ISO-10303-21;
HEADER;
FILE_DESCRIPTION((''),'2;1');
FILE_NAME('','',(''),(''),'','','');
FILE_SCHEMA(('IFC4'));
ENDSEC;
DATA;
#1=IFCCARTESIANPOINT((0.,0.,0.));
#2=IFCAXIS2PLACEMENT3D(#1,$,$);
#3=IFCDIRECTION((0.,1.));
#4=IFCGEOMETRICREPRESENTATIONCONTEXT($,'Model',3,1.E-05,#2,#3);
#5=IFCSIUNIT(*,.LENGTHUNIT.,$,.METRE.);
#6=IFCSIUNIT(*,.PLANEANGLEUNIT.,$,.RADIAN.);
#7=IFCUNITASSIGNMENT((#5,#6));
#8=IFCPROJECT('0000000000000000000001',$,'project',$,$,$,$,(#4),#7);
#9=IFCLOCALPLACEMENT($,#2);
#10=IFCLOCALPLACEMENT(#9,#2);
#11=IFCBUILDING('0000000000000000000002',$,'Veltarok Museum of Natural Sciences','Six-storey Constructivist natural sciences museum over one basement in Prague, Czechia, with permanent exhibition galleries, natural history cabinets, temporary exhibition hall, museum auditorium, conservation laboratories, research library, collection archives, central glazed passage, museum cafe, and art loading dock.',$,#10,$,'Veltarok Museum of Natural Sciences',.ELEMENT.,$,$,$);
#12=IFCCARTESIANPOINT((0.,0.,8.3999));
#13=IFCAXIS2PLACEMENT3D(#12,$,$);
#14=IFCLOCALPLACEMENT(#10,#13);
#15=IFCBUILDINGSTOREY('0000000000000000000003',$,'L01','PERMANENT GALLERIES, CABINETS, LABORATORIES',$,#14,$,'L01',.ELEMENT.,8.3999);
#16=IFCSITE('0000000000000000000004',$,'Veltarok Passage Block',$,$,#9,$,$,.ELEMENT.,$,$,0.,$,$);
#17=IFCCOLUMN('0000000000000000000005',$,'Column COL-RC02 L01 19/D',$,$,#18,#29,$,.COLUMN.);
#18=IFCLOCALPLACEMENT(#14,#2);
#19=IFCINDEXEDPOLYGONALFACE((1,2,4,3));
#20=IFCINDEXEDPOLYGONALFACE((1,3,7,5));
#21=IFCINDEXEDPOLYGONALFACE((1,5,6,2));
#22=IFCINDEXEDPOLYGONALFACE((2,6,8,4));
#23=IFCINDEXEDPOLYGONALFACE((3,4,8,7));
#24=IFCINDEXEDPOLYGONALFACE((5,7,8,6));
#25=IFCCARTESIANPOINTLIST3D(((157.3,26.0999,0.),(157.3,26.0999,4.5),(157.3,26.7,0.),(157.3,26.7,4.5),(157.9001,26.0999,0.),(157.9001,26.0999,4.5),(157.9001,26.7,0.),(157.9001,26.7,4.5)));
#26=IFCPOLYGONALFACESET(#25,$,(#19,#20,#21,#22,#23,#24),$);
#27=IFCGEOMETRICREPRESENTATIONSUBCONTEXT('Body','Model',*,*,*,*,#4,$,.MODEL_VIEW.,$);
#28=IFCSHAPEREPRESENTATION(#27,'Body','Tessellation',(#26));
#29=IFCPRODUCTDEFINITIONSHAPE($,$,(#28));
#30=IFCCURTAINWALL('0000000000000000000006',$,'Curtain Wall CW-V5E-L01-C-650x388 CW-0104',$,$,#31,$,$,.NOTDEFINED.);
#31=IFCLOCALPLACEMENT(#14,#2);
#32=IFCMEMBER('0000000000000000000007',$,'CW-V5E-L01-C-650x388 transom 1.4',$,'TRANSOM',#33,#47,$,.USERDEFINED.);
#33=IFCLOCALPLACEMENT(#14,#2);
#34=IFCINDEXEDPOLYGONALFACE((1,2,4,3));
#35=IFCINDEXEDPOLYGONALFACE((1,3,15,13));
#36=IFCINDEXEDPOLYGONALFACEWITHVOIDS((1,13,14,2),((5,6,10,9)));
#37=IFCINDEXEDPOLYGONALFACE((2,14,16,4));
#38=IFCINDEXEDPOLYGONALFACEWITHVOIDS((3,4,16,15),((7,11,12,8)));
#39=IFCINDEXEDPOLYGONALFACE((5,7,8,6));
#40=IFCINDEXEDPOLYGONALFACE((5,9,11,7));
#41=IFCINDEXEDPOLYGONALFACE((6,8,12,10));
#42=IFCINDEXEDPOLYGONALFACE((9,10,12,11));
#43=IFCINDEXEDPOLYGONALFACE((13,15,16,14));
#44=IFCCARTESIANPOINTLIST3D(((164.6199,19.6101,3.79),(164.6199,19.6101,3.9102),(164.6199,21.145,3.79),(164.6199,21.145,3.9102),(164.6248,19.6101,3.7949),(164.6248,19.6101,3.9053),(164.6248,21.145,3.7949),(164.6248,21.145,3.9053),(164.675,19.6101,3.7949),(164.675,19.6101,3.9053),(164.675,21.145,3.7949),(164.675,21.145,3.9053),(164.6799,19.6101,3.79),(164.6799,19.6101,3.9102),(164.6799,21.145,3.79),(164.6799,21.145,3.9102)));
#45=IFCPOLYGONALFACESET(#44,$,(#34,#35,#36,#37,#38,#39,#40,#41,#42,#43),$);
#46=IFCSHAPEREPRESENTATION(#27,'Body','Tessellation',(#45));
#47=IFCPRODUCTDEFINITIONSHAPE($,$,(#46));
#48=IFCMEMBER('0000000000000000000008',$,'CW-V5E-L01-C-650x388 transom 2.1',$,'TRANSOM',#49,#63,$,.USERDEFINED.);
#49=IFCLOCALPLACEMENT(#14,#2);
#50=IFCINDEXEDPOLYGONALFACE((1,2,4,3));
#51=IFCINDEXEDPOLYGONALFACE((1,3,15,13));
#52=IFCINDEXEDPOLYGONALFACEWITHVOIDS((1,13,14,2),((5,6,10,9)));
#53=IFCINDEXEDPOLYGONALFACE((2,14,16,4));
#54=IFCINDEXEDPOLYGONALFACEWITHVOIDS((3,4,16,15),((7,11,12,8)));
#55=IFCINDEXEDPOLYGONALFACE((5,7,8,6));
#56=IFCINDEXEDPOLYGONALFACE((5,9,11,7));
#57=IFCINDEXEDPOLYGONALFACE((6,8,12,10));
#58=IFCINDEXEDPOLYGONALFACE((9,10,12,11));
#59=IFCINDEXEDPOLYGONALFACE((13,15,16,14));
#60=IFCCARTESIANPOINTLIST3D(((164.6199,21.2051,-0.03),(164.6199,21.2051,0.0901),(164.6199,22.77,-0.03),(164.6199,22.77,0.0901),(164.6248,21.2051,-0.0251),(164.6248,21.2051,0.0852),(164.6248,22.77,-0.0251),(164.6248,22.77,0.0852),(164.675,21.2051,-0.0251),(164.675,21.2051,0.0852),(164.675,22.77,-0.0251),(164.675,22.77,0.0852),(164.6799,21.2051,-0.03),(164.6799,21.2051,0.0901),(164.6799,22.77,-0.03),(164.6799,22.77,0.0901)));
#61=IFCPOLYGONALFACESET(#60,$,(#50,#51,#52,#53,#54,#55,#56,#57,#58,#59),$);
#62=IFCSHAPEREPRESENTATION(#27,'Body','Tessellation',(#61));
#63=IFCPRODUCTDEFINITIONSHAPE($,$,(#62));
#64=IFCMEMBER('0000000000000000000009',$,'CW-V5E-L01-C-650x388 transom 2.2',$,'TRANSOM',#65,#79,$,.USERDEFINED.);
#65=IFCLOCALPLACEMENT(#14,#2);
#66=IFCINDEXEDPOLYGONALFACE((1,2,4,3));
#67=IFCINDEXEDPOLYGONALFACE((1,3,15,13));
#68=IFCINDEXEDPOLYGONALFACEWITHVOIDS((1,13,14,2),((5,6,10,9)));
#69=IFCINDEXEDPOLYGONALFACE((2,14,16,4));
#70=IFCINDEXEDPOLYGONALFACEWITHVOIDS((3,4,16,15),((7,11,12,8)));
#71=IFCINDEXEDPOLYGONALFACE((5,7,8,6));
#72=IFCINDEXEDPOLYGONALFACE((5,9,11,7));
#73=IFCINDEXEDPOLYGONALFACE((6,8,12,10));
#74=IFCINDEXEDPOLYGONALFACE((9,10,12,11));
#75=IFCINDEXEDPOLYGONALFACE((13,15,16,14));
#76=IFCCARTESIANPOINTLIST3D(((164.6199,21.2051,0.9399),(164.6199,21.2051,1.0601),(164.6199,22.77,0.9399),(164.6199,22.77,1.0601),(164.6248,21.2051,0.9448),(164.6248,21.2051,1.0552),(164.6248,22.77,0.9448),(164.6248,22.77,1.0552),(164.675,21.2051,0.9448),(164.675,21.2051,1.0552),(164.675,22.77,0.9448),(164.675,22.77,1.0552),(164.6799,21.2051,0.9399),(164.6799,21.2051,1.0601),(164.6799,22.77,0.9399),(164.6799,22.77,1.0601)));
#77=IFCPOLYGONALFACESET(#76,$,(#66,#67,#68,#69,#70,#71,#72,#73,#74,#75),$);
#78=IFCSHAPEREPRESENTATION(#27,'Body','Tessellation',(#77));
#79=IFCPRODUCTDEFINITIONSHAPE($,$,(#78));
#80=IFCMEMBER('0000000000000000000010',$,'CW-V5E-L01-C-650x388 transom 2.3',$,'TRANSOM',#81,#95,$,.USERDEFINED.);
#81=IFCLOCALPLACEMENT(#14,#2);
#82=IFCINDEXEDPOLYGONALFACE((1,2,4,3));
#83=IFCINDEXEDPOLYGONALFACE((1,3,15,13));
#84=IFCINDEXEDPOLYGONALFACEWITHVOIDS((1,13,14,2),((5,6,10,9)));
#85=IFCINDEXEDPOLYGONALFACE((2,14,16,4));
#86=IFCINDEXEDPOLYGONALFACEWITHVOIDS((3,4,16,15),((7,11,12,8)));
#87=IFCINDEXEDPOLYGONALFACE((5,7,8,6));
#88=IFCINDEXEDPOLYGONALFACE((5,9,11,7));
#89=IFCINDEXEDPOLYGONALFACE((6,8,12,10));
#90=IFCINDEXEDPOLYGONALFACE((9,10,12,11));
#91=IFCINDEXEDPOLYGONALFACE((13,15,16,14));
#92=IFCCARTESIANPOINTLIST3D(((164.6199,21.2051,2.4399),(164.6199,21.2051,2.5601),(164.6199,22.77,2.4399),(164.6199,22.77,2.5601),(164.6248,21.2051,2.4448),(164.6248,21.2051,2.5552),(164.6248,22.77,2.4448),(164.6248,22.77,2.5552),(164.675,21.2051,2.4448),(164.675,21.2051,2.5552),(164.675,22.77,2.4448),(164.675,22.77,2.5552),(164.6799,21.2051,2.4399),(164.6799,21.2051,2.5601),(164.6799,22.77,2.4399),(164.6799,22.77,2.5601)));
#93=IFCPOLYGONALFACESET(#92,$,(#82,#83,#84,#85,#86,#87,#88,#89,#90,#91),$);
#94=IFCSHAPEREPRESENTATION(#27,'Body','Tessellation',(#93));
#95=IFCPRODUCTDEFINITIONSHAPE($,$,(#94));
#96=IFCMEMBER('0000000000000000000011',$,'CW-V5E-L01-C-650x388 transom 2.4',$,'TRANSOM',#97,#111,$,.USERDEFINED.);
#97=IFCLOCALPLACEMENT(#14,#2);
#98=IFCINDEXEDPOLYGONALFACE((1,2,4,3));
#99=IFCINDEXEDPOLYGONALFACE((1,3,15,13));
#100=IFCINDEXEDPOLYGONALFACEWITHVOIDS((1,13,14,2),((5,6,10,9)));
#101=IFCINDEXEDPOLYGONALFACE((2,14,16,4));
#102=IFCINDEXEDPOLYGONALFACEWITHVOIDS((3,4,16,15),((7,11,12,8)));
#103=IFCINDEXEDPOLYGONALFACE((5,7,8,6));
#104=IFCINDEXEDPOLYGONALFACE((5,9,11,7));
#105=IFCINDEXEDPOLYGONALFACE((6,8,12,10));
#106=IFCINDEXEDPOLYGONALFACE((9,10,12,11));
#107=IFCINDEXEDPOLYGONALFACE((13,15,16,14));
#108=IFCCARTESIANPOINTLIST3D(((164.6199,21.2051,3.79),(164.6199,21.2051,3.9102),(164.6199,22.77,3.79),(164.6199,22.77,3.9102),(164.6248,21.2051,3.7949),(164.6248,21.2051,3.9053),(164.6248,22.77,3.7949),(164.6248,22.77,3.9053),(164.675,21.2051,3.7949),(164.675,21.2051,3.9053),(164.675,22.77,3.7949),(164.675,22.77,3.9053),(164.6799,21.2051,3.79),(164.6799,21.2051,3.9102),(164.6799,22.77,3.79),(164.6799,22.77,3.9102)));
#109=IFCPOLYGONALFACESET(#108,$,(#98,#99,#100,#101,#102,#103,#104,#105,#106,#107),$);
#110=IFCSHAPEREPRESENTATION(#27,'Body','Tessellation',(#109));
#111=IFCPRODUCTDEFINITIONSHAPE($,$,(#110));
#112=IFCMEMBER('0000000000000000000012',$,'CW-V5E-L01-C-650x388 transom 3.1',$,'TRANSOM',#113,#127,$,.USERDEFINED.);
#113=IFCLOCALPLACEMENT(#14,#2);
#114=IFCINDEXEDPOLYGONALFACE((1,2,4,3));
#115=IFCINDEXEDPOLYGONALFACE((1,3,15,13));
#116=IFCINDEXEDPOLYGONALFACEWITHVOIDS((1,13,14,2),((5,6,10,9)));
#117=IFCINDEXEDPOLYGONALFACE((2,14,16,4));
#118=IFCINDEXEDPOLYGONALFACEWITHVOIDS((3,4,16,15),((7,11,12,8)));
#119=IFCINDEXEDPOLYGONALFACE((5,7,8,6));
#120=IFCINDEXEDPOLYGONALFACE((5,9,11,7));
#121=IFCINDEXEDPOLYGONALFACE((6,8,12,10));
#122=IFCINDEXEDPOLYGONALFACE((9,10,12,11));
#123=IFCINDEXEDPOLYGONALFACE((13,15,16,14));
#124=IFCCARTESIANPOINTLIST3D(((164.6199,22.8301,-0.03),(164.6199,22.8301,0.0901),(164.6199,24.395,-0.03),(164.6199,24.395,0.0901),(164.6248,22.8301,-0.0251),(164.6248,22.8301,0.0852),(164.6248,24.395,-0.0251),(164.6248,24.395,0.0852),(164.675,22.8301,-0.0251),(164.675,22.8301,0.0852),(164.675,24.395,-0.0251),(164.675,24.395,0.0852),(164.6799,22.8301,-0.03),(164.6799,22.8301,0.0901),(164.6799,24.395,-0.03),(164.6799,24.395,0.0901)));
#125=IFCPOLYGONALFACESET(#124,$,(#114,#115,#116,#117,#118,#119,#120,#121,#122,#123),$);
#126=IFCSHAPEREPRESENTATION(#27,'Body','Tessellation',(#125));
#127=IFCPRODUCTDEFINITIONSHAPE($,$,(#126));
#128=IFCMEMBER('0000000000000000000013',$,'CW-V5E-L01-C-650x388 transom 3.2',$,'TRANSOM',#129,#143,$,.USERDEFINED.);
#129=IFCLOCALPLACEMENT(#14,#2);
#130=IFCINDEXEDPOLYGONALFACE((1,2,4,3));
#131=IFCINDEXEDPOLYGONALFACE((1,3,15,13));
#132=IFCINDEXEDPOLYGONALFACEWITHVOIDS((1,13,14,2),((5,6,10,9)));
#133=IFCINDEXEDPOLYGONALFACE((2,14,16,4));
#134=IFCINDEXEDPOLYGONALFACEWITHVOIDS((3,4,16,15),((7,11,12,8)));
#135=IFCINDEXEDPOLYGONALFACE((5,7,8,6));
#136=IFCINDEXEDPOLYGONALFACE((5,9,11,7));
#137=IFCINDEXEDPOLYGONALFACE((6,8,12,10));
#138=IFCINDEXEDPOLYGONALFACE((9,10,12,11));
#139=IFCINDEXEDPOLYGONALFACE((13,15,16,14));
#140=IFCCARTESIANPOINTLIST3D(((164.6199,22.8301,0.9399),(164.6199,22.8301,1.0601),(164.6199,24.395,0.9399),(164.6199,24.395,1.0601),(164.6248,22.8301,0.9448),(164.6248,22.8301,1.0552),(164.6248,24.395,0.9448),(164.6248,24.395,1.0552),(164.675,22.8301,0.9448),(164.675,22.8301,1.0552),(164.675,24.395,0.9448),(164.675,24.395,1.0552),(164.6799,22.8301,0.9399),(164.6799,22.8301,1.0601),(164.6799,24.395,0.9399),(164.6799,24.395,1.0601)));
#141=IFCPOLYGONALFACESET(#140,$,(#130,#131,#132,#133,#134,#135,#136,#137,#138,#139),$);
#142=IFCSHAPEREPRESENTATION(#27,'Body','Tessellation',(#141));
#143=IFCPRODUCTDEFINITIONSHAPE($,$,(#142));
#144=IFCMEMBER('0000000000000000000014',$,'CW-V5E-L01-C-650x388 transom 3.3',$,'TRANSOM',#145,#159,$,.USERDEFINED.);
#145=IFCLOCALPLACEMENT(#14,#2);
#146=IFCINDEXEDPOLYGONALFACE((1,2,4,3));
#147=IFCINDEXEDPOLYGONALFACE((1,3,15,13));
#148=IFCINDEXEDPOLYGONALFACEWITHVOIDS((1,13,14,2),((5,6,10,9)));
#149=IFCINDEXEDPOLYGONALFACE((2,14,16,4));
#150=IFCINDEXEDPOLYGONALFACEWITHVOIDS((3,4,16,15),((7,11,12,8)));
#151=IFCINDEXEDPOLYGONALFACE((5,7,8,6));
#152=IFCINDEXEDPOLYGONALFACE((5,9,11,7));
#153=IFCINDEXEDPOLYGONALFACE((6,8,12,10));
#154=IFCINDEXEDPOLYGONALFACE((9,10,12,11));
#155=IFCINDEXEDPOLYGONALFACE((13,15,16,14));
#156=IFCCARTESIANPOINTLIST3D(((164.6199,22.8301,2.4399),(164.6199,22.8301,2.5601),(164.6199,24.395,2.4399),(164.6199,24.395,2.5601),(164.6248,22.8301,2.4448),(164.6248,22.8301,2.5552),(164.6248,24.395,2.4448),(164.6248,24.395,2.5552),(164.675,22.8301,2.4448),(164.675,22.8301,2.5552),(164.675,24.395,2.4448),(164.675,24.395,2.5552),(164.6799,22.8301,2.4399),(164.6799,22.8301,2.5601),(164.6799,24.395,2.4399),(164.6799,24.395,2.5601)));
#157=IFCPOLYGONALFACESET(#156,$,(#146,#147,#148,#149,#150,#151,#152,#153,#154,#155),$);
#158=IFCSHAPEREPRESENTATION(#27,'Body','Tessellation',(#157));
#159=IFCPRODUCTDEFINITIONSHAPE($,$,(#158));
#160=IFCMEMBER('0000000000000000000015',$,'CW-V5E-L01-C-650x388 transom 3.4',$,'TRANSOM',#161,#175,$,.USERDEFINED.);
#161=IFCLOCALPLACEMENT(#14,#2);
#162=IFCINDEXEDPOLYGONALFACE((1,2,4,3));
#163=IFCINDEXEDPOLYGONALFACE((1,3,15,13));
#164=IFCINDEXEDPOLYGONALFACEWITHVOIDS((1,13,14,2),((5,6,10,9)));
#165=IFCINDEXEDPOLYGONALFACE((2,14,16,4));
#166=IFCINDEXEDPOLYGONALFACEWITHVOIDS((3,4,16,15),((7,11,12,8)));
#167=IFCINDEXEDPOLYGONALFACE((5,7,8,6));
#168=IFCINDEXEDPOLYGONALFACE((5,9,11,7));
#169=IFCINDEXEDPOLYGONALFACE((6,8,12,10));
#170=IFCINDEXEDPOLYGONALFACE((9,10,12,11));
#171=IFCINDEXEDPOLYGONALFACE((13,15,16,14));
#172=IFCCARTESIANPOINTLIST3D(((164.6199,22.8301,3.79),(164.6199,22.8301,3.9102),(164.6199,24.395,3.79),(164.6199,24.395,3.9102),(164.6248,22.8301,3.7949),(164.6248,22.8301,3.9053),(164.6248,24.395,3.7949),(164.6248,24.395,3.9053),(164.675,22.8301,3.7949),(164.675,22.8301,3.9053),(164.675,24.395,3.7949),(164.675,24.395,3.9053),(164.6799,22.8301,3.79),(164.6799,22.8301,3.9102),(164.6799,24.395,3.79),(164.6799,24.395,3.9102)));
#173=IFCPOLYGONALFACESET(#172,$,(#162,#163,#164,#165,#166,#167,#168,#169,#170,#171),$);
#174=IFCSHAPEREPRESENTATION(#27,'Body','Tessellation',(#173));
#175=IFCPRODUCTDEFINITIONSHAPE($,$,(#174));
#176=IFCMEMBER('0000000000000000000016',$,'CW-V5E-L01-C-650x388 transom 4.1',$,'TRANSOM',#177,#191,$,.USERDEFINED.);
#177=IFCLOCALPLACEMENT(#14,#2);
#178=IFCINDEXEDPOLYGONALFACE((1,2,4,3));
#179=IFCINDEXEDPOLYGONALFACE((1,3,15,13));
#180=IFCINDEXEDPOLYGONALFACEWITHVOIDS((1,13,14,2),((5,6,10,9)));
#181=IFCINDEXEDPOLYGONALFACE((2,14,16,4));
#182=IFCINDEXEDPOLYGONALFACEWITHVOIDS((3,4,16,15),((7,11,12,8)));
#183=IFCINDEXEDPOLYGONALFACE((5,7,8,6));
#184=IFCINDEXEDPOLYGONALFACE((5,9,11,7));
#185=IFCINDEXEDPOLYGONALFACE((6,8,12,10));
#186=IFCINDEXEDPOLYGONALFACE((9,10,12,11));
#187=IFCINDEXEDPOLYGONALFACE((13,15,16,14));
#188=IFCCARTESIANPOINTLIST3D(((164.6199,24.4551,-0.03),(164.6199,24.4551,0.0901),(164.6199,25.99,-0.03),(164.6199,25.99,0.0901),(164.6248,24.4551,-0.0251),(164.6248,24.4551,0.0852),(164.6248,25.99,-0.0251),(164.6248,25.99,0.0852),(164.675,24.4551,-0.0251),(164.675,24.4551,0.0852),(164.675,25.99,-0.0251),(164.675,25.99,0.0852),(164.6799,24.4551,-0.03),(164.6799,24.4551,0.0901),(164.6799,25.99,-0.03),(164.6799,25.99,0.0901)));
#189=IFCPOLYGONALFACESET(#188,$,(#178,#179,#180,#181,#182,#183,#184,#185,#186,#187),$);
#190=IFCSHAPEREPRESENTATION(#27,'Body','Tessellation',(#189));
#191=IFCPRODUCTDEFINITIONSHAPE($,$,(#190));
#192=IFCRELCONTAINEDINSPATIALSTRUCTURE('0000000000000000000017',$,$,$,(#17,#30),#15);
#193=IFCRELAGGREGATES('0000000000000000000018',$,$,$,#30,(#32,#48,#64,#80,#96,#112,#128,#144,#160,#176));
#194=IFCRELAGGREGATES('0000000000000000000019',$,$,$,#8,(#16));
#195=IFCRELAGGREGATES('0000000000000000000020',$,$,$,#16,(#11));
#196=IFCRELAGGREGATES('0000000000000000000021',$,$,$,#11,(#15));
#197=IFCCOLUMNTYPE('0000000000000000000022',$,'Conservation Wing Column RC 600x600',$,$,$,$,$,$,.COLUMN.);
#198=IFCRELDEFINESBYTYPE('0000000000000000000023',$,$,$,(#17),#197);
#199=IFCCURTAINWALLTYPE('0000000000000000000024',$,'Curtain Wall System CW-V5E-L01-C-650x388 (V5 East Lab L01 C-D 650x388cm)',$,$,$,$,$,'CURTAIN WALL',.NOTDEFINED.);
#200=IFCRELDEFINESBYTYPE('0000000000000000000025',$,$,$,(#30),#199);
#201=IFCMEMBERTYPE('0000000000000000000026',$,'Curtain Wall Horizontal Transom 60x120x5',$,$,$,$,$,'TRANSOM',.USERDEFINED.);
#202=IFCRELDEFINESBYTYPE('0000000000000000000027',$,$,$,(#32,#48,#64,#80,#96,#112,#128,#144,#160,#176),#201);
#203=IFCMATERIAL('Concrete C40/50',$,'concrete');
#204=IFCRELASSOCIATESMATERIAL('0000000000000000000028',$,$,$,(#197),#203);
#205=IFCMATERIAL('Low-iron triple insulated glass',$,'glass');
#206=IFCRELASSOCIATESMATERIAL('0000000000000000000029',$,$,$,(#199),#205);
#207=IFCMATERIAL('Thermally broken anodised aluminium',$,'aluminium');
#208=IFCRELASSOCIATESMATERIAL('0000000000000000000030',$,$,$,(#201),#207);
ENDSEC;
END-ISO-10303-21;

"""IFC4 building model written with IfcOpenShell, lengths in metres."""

from ifc_helpers import new_model, si_unit, direction, frame, origin, origin_2d, place, context, subcontext, project, spatial, rectangle, hollow_rectangle, extrude, material, material_profile, profile_set, type_object, element, aggregate, save


model = new_model("IFC4")

# Units and contexts
model_context = context("Model", 3, precision=1e-05, world=origin(), true_north=direction((0.0, 1.0)))
body_context = subcontext(model_context, "Body", "Model", "MODEL_VIEW")
ifc_project = project(units=[si_unit("LENGTHUNIT", "METRE"), si_unit("PLANEANGLEUNIT", "RADIAN")], contexts=[model_context])

# Site, building, storey
site_placement = place(None, origin())
site = spatial("IfcSite", under=ifc_project, at=site_placement, Name="Veltarok Passage Block", CompositionType="ELEMENT", RefElevation=0.0)
building_placement = place(site_placement, origin())
building = spatial("IfcBuilding", under=site, at=building_placement, Name="Veltarok Museum of Natural Sciences", Description="Six-storey Constructivist natural sciences museum over one basement in Prague, Czechia, with permanent exhibition galleries, natural history cabinets, temporary exhibition hall, museum auditorium, conservation laboratories, research library, collection archives, central glazed passage, museum cafe, and art loading dock.", LongName="Veltarok Museum of Natural Sciences", CompositionType="ELEMENT")
storey_placement = place(building_placement, frame((0.0, 0.0, 8.3999)))
storey = spatial("IfcBuildingStorey", under=building, at=storey_placement, Name="L01", Description="PERMANENT GALLERIES, CABINETS, LABORATORIES", LongName="L01", CompositionType="ELEMENT", Elevation=8.3999)

# Column
ifc_material_1 = material(Name="Concrete C40/50", Category="concrete")
ifc_material_profile_1 = material_profile(ifc_material_1, rectangle(XDim=0.6001, YDim=0.6001, at=origin_2d()), Name="RC 600x600")
ifc_profile_set_1 = profile_set([ifc_material_profile_1], Name="Concrete C40/50")
column_type = type_object("IfcColumnType", Name="Conservation Wing Column RC 600x600", PredefinedType="COLUMN", material=ifc_profile_set_1)
column_placement = place(storey_placement, frame((157.6001, 26.3999, 0.0), z_axis=(0.0, 0.0, 1.0), x_axis=(1.0, 0.0, 0.0)))
element("IfcColumn", 1, at=column_placement, inside=storey, type_object=column_type, Name="Column COL-RC02 L01 19/D", PredefinedType="COLUMN", context=body_context, shape_type="SweptSolid", body=[
    extrude(rectangle(XDim=0.6001, YDim=0.6001, at=origin_2d()), origin(), (0.0, 0.0, 1.0), 4.5),
])

# Curtain wall, members
ifc_material_2 = material(Name="Low-iron triple insulated glass", Category="glass")
curtain_wall_type = type_object("IfcCurtainWallType", Name="Curtain Wall System CW-V5E-L01-C-650x388 (V5 East Lab L01 C-D 650x388cm)", ElementType="CURTAIN WALL", PredefinedType="NOTDEFINED", material=ifc_material_2)
curtain_wall_placement = place(storey_placement, origin())
curtain_wall = element("IfcCurtainWall", 2, at=curtain_wall_placement, inside=storey, type_object=curtain_wall_type, Name="Curtain Wall CW-V5E-L01-C-650x388 CW-0104", PredefinedType="NOTDEFINED")
ifc_material_3 = material(Name="Thermally broken anodised aluminium", Category="aluminium")
ifc_material_profile_2 = material_profile(ifc_material_3, hollow_rectangle(XDim=0.0601, YDim=0.1201, WallThickness=0.0049, at=origin_2d()), Name="CW TRANSOM 60x120x5")
ifc_profile_set_2 = profile_set([ifc_material_profile_2], Name="Thermally broken anodised aluminium")
member_type_1 = type_object("IfcMemberType", Name="Curtain Wall Horizontal Transom 60x120x5", ElementType="TRANSOM", PredefinedType="USERDEFINED", material=ifc_profile_set_2)
member_1_placement = place(storey_placement, frame((164.6499, 19.6101, 3.8501), z_axis=(0.0, 1.0, 0.0), x_axis=(-1.0, 0.0, 0.0)))
member_1 = element("IfcMember", 3, at=member_1_placement, type_object=member_type_1, Name="CW-V5E-L01-C-650x388 transom 1.4", ObjectType="TRANSOM", PredefinedType="USERDEFINED", context=body_context, shape_type="SweptSolid", body=[
    extrude(hollow_rectangle(XDim=0.0601, YDim=0.1201, WallThickness=0.0049, at=origin_2d()), origin(), (0.0, 0.0, 1.0), 1.5349),
])
member_2_placement = place(storey_placement, frame((164.6499, 21.2051, 0.03), z_axis=(0.0, 1.0, 0.0), x_axis=(-1.0, 0.0, 0.0)))
member_2 = element("IfcMember", 4, at=member_2_placement, type_object=member_type_1, Name="CW-V5E-L01-C-650x388 transom 2.1", ObjectType="TRANSOM", PredefinedType="USERDEFINED", context=body_context, shape_type="SweptSolid", body=[
    extrude(hollow_rectangle(XDim=0.0601, YDim=0.1201, WallThickness=0.0049, at=origin_2d()), origin(), (0.0, 0.0, 1.0), 1.5649),
])
member_3_placement = place(storey_placement, frame((164.6499, 21.2051, 1.0), z_axis=(0.0, 1.0, 0.0), x_axis=(-1.0, 0.0, 0.0)))
member_3 = element("IfcMember", 5, at=member_3_placement, type_object=member_type_1, Name="CW-V5E-L01-C-650x388 transom 2.2", ObjectType="TRANSOM", PredefinedType="USERDEFINED", context=body_context, shape_type="SweptSolid", body=[
    extrude(hollow_rectangle(XDim=0.0601, YDim=0.1201, WallThickness=0.0049, at=origin_2d()), origin(), (0.0, 0.0, 1.0), 1.5649),
])
member_4_placement = place(storey_placement, frame((164.6499, 21.2051, 2.5), z_axis=(0.0, 1.0, 0.0), x_axis=(-1.0, 0.0, 0.0)))
member_4 = element("IfcMember", 6, at=member_4_placement, type_object=member_type_1, Name="CW-V5E-L01-C-650x388 transom 2.3", ObjectType="TRANSOM", PredefinedType="USERDEFINED", context=body_context, shape_type="SweptSolid", body=[
    extrude(hollow_rectangle(XDim=0.0601, YDim=0.1201, WallThickness=0.0049, at=origin_2d()), origin(), (0.0, 0.0, 1.0), 1.5649),
])
member_5_placement = place(storey_placement, frame((164.6499, 21.2051, 3.8501), z_axis=(0.0, 1.0, 0.0), x_axis=(-1.0, 0.0, 0.0)))
member_5 = element("IfcMember", 7, at=member_5_placement, type_object=member_type_1, Name="CW-V5E-L01-C-650x388 transom 2.4", ObjectType="TRANSOM", PredefinedType="USERDEFINED", context=body_context, shape_type="SweptSolid", body=[
    extrude(hollow_rectangle(XDim=0.0601, YDim=0.1201, WallThickness=0.0049, at=origin_2d()), origin(), (0.0, 0.0, 1.0), 1.5649),
])
member_6_placement = place(storey_placement, frame((164.6499, 22.8301, 0.03), z_axis=(0.0, 1.0, 0.0), x_axis=(-1.0, 0.0, 0.0)))
member_6 = element("IfcMember", 8, at=member_6_placement, type_object=member_type_1, Name="CW-V5E-L01-C-650x388 transom 3.1", ObjectType="TRANSOM", PredefinedType="USERDEFINED", context=body_context, shape_type="SweptSolid", body=[
    extrude(hollow_rectangle(XDim=0.0601, YDim=0.1201, WallThickness=0.0049, at=origin_2d()), origin(), (0.0, 0.0, 1.0), 1.5649),
])
member_7_placement = place(storey_placement, frame((164.6499, 22.8301, 1.0), z_axis=(0.0, 1.0, 0.0), x_axis=(-1.0, 0.0, 0.0)))
member_7 = element("IfcMember", 9, at=member_7_placement, type_object=member_type_1, Name="CW-V5E-L01-C-650x388 transom 3.2", ObjectType="TRANSOM", PredefinedType="USERDEFINED", context=body_context, shape_type="SweptSolid", body=[
    extrude(hollow_rectangle(XDim=0.0601, YDim=0.1201, WallThickness=0.0049, at=origin_2d()), origin(), (0.0, 0.0, 1.0), 1.5649),
])
member_8_placement = place(storey_placement, frame((164.6499, 22.8301, 2.5), z_axis=(0.0, 1.0, 0.0), x_axis=(-1.0, 0.0, 0.0)))
member_8 = element("IfcMember", 10, at=member_8_placement, type_object=member_type_1, Name="CW-V5E-L01-C-650x388 transom 3.3", ObjectType="TRANSOM", PredefinedType="USERDEFINED", context=body_context, shape_type="SweptSolid", body=[
    extrude(hollow_rectangle(XDim=0.0601, YDim=0.1201, WallThickness=0.0049, at=origin_2d()), origin(), (0.0, 0.0, 1.0), 1.5649),
])
member_9_placement = place(storey_placement, frame((164.6499, 22.8301, 3.8501), z_axis=(0.0, 1.0, 0.0), x_axis=(-1.0, 0.0, 0.0)))
member_9 = element("IfcMember", 11, at=member_9_placement, type_object=member_type_1, Name="CW-V5E-L01-C-650x388 transom 3.4", ObjectType="TRANSOM", PredefinedType="USERDEFINED", context=body_context, shape_type="SweptSolid", body=[
    extrude(hollow_rectangle(XDim=0.0601, YDim=0.1201, WallThickness=0.0049, at=origin_2d()), origin(), (0.0, 0.0, 1.0), 1.5649),
])
member_10_placement = place(storey_placement, frame((164.6499, 24.4551, 0.03), z_axis=(0.0, 1.0, 0.0), x_axis=(-1.0, 0.0, 0.0)))
member_10 = element("IfcMember", 12, at=member_10_placement, type_object=member_type_1, Name="CW-V5E-L01-C-650x388 transom 4.1", ObjectType="TRANSOM", PredefinedType="USERDEFINED", context=body_context, shape_type="SweptSolid", body=[
    extrude(hollow_rectangle(XDim=0.0601, YDim=0.1201, WallThickness=0.0049, at=origin_2d()), origin(), (0.0, 0.0, 1.0), 1.5349),
])
aggregate(curtain_wall, [member_1, member_2, member_3, member_4, member_5, member_6, member_7, member_8, member_9, member_10])

save(model, "model.ifc")
